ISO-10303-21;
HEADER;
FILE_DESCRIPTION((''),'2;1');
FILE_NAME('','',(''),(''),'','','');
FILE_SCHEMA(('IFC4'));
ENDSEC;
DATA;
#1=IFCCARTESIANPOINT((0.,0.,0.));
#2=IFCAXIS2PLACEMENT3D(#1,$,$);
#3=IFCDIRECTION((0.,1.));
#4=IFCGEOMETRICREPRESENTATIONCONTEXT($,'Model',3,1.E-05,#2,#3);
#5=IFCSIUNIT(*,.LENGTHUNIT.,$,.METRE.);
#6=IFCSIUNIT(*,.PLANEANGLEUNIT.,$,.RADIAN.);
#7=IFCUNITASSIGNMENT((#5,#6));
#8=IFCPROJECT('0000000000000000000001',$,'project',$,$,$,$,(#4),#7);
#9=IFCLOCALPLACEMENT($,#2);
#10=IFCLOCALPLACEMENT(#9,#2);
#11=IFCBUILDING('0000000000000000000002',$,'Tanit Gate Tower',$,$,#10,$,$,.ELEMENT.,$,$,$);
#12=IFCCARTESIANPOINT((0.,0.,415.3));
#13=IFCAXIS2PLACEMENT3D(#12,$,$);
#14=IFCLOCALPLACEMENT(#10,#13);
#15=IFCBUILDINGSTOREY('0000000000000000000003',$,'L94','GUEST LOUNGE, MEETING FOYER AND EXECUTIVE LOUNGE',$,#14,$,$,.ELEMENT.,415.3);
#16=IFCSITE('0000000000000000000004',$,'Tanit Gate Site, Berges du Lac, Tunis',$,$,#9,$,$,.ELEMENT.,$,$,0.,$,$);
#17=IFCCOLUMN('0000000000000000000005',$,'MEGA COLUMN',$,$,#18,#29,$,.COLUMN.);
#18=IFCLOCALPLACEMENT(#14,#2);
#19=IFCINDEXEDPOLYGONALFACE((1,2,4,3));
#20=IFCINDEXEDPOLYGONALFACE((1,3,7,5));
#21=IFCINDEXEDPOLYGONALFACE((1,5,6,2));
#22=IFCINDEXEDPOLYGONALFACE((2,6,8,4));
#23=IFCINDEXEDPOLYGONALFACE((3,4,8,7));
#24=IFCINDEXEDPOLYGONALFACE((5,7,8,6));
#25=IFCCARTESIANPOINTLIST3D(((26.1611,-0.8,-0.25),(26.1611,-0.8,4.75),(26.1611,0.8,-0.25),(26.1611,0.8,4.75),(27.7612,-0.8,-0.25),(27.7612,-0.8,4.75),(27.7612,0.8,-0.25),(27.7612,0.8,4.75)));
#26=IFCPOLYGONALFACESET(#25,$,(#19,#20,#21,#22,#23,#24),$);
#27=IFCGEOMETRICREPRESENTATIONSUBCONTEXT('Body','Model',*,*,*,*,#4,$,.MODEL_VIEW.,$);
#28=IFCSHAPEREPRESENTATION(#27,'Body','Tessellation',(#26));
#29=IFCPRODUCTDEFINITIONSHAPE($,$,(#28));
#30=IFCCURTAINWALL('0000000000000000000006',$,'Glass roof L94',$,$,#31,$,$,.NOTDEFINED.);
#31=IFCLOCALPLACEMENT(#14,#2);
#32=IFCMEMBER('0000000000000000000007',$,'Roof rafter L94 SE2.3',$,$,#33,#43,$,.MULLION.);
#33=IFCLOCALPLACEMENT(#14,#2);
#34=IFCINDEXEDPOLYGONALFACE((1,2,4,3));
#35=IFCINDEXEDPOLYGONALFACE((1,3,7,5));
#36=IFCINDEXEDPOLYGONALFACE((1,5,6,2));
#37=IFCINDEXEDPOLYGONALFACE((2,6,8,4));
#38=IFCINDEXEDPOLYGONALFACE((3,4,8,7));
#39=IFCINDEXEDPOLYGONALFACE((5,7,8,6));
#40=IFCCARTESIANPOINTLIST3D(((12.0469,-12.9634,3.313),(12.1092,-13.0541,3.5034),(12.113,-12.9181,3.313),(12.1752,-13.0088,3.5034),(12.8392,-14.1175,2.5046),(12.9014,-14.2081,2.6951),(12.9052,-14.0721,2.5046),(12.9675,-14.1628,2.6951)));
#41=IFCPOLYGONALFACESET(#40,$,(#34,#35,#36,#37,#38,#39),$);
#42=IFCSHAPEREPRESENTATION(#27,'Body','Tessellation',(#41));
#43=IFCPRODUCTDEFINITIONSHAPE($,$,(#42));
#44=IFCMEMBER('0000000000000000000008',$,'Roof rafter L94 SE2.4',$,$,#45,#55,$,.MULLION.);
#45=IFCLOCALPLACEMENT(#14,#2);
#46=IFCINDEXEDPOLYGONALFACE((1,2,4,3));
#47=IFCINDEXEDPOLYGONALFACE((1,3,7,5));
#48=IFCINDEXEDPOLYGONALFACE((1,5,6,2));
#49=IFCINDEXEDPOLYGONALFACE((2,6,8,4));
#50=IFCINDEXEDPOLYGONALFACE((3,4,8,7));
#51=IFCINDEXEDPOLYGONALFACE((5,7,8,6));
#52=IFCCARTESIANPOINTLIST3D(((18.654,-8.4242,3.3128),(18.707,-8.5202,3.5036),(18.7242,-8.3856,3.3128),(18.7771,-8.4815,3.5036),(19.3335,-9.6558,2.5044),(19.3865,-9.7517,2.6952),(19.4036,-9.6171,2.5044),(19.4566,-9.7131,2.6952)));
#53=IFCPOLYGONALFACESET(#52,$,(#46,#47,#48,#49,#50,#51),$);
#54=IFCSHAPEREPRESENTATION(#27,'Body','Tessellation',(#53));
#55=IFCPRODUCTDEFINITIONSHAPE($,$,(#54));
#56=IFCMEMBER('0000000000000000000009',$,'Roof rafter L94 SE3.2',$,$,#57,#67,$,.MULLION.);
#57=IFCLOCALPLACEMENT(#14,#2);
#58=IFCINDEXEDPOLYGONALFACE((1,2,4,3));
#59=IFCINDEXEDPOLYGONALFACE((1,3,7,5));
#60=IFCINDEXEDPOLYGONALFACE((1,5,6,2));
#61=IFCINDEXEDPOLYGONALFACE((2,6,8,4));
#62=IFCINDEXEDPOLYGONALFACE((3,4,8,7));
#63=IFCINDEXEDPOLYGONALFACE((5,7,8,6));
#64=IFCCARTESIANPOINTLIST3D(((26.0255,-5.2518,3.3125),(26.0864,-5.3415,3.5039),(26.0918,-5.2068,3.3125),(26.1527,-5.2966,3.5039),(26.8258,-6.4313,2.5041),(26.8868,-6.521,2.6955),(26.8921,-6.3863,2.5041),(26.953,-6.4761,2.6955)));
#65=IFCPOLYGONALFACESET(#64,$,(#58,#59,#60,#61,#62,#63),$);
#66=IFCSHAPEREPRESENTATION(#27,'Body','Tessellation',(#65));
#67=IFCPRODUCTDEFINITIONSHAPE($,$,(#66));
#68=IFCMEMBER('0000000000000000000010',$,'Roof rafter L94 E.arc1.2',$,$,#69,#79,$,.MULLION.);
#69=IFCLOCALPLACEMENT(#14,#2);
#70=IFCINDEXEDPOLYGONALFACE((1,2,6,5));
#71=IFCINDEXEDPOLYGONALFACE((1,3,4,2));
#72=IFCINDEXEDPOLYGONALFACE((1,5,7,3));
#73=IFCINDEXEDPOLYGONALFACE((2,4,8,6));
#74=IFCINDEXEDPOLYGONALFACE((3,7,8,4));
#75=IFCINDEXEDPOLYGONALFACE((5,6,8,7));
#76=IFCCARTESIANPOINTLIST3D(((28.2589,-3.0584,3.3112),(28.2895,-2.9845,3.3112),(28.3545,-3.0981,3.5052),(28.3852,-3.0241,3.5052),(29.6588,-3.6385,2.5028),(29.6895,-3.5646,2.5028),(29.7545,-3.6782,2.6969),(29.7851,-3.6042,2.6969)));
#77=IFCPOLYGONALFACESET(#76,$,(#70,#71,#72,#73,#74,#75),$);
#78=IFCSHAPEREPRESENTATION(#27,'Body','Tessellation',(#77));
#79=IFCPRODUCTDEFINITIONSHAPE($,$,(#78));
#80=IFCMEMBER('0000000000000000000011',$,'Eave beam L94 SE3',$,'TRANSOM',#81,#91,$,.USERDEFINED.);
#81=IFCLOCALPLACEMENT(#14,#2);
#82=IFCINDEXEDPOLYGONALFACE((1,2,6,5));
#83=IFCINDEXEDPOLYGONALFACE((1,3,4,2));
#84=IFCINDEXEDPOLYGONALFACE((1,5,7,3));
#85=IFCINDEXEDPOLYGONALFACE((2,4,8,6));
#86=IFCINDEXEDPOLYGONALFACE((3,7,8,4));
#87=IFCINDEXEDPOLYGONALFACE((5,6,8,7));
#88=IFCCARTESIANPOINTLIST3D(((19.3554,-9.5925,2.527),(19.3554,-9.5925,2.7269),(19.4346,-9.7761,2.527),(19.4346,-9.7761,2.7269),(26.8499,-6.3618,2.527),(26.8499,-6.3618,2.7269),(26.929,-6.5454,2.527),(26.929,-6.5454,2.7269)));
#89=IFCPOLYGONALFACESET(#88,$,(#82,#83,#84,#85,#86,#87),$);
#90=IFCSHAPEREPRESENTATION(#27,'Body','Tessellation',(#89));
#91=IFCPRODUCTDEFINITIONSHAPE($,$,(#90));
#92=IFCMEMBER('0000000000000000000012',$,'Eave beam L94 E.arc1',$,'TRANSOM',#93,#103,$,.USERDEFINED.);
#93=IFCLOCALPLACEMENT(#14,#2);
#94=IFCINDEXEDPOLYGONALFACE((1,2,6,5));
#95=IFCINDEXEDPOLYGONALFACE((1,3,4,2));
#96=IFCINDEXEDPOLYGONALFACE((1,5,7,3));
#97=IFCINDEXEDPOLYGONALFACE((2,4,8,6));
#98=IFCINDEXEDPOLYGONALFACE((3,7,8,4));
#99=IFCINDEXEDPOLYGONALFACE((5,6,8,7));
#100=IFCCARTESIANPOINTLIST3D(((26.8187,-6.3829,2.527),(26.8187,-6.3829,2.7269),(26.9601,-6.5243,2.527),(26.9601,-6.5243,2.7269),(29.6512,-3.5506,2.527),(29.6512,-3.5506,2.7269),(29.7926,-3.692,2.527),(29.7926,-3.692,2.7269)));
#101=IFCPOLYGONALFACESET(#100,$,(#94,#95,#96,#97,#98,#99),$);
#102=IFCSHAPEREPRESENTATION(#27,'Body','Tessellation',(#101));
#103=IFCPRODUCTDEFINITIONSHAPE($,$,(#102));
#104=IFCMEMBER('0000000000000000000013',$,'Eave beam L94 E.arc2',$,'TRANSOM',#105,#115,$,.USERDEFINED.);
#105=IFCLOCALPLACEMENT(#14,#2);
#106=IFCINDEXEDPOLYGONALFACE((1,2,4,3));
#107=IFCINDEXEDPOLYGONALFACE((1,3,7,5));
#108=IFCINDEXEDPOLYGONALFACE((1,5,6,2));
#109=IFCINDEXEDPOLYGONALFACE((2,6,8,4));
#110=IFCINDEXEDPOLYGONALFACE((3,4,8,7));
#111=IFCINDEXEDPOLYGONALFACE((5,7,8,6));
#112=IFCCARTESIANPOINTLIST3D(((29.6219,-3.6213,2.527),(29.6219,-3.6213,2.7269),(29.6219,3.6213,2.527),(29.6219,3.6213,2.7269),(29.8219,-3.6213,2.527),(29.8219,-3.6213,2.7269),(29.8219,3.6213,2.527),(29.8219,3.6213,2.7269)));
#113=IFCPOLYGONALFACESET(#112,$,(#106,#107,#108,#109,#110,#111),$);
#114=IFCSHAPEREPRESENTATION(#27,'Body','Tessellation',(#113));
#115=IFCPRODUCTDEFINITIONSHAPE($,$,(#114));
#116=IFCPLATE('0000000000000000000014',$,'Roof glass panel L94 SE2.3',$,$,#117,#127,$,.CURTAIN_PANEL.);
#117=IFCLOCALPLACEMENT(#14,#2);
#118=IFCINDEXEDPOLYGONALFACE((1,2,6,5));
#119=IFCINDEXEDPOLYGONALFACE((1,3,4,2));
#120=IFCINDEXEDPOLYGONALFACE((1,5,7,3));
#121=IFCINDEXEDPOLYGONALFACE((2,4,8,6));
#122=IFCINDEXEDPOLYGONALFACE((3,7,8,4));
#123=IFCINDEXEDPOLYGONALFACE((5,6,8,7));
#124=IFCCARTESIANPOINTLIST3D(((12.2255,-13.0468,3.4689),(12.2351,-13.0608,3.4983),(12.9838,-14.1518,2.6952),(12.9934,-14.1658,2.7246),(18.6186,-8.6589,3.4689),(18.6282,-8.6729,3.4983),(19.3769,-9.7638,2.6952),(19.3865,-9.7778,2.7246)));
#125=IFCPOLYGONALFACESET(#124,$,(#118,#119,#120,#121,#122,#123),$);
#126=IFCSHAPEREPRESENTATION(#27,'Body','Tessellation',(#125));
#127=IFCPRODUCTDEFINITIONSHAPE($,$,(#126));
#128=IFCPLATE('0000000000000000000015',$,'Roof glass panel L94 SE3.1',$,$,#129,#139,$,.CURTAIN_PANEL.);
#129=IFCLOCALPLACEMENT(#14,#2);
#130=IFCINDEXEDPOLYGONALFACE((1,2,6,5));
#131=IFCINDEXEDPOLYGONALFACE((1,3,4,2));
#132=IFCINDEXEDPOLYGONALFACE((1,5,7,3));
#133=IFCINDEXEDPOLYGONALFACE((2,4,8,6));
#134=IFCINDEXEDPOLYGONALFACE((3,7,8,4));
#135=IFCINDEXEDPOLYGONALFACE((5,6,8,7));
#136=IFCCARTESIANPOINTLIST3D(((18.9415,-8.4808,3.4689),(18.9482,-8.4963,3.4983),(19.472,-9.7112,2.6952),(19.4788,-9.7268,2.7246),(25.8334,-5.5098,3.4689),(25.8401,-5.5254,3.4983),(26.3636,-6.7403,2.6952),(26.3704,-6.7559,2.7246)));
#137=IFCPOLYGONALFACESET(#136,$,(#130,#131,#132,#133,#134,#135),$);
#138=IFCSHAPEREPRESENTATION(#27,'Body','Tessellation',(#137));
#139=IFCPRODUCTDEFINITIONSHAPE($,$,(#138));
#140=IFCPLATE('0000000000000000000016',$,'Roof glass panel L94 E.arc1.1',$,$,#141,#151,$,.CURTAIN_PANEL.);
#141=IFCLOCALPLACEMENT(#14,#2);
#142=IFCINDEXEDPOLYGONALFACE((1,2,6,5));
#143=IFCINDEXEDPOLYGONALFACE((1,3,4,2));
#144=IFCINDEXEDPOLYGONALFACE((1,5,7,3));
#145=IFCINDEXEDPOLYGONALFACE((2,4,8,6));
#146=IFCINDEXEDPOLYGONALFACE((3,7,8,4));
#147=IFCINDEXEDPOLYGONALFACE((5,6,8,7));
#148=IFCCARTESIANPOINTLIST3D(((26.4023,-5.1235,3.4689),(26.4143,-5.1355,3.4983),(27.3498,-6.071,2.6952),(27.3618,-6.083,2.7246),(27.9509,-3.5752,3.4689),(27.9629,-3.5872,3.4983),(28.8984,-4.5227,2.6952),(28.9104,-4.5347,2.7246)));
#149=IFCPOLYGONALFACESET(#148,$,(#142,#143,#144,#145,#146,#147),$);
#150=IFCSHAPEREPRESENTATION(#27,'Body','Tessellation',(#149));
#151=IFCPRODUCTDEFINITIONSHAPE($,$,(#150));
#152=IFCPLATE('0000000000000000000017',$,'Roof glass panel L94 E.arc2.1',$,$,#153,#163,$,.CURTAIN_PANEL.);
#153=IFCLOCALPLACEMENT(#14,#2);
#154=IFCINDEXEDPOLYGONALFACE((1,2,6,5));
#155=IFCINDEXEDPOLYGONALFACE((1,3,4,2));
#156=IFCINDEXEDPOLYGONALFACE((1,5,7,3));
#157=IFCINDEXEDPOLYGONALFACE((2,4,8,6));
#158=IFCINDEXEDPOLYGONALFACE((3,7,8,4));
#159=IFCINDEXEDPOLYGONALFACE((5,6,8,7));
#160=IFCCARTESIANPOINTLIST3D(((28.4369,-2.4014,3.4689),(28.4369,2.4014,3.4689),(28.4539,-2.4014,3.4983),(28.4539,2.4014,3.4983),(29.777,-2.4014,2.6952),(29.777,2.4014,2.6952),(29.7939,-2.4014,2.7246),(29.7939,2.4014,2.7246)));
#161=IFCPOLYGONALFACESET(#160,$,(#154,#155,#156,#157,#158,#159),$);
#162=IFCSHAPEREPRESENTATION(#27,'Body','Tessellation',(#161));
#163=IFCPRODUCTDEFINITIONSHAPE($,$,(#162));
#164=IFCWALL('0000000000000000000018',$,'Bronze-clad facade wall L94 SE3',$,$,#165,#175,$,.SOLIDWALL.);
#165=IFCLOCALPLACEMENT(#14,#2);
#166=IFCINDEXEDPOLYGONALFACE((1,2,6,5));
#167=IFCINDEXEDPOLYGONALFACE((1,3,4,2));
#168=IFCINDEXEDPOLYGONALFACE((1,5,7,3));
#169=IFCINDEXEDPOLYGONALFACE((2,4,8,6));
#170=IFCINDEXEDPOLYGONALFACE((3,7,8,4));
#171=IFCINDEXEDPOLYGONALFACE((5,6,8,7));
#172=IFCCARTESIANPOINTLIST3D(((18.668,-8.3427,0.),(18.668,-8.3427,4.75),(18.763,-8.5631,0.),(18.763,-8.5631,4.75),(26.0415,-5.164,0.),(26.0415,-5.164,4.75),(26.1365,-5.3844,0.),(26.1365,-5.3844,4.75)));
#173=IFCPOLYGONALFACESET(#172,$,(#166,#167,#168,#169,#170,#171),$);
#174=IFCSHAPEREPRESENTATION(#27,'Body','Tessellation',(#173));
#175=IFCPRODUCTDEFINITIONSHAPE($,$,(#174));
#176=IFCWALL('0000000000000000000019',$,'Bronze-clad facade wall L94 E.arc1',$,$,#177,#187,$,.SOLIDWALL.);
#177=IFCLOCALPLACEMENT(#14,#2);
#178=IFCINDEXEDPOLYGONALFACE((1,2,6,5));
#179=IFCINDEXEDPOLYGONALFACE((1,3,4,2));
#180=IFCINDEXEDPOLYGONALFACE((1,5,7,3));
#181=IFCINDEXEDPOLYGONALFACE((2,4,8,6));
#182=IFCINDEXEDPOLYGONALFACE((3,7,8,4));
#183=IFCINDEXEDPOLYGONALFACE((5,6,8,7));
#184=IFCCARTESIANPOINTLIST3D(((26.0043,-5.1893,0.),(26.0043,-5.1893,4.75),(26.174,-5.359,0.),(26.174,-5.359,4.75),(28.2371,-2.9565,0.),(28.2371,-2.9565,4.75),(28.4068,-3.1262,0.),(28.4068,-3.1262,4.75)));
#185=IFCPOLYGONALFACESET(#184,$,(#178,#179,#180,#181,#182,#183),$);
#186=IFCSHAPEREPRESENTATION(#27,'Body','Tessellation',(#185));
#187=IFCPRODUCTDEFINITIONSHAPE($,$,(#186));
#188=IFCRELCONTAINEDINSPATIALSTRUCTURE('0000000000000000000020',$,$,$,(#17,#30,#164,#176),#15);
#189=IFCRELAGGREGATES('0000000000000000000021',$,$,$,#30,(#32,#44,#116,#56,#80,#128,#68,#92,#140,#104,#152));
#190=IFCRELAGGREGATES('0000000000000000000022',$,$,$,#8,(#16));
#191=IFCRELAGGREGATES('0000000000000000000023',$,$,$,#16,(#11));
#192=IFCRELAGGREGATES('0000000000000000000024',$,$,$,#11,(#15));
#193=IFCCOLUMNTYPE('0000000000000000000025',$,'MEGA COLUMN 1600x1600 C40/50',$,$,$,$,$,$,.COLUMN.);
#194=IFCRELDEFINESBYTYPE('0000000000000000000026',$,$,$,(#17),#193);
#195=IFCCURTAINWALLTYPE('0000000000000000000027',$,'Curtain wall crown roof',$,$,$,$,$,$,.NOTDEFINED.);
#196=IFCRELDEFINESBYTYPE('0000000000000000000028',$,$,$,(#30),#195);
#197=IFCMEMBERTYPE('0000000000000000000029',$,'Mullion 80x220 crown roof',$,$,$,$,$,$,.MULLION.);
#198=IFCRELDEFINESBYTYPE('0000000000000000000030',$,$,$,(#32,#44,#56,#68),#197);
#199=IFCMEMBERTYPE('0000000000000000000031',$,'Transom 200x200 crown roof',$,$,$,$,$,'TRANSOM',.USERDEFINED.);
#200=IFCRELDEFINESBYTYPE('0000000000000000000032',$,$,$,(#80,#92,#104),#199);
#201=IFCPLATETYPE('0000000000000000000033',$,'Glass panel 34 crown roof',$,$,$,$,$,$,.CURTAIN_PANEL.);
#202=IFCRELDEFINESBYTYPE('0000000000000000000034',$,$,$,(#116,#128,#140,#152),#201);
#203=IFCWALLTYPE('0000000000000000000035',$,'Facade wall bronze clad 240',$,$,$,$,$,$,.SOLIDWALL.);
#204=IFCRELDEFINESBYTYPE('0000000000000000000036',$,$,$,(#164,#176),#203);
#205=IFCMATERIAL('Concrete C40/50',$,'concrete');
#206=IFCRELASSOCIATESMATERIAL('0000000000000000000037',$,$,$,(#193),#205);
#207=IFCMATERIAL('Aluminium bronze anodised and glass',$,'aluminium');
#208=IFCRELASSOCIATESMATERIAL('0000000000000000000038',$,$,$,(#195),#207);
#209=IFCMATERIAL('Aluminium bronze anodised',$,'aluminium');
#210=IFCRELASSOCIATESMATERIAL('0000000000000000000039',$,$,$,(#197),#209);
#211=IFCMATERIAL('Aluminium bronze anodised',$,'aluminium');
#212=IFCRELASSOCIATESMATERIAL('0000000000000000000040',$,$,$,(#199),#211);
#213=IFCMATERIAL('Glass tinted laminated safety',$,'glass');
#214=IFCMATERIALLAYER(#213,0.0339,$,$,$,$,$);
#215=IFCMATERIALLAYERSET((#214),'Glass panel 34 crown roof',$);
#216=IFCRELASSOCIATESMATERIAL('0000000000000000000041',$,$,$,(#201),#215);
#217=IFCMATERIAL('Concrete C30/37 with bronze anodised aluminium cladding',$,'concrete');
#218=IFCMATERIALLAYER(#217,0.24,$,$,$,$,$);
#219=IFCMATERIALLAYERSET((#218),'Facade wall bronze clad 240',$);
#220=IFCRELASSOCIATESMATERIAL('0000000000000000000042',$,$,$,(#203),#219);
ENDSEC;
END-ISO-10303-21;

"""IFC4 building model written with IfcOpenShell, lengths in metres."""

from ifc_helpers import new_model, si_unit, direction, frame, frame_2d, origin, origin_2d, place, context, subcontext, project, spatial, polyline, rectangle, outline, extrude, material, layer, layer_set, material_profile, profile_set, type_object, element, aggregate, save


model = new_model("IFC4")

# Units and contexts
model_context = context("Model", 3, precision=1e-05, world=origin(), true_north=direction((0.0, 1.0)))
body_context = subcontext(model_context, "Body", "Model", "MODEL_VIEW")
ifc_project = project(units=[si_unit("LENGTHUNIT", "METRE"), si_unit("PLANEANGLEUNIT", "RADIAN")], contexts=[model_context])

# Site, building, storey
site_placement = place(None, origin())
site = spatial("IfcSite", under=ifc_project, at=site_placement, Name="Tanit Gate Site, Berges du Lac, Tunis", CompositionType="ELEMENT", RefElevation=0.0)
building_placement = place(site_placement, origin())
building = spatial("IfcBuilding", under=site, at=building_placement, Name="Tanit Gate Tower", CompositionType="ELEMENT")
storey_placement = place(building_placement, frame((0.0, 0.0, 415.3)))
storey = spatial("IfcBuildingStorey", under=building, at=storey_placement, Name="L94", Description="GUEST LOUNGE, MEETING FOYER AND EXECUTIVE LOUNGE", CompositionType="ELEMENT", Elevation=415.3)

# Column
ifc_material_1 = material(Name="Concrete C40/50", Category="concrete")
ifc_material_profile_1 = material_profile(ifc_material_1, rectangle(XDim=1.6001, YDim=1.6001, at=origin_2d()), Name="RC 1600x1600")
ifc_profile_set_1 = profile_set([ifc_material_profile_1], Name="Concrete C40/50")
column_type = type_object("IfcColumnType", Name="MEGA COLUMN 1600x1600 C40/50", PredefinedType="COLUMN", material=ifc_profile_set_1)
column_placement = place(storey_placement, frame((26.9612, 0.0, -0.25), z_axis=(0.0, 0.0, 1.0), x_axis=(1.0, 0.0, 0.0)))
element("IfcColumn", 1, at=column_placement, inside=storey, type_object=column_type, Name="MEGA COLUMN", PredefinedType="COLUMN", context=body_context, shape_type="SweptSolid", body=[
    extrude(rectangle(XDim=1.6001, YDim=1.6001, at=origin_2d()), origin(), (0.0, 0.0, 1.0), 5.0),
])

# Curtain wall, members, plates
ifc_material_2 = material(Name="Aluminium bronze anodised and glass", Category="aluminium")
curtain_wall_type = type_object("IfcCurtainWallType", Name="Curtain wall crown roof", PredefinedType="NOTDEFINED", material=ifc_material_2)
curtain_wall_placement = place(storey_placement, origin())
curtain_wall = element("IfcCurtainWall", 2, at=curtain_wall_placement, inside=storey, type_object=curtain_wall_type, Name="Glass roof L94", PredefinedType="NOTDEFINED")
ifc_material_3 = material(Name="Aluminium bronze anodised", Category="aluminium")
ifc_material_profile_2 = material_profile(ifc_material_3, rectangle(XDim=0.0801, YDim=0.22, at=origin_2d()), Name="80x220 bronze rafter")
ifc_profile_set_2 = profile_set([ifc_material_profile_2], Name="Aluminium bronze anodised")
member_type_1 = type_object("IfcMemberType", Name="Mullion 80x220 crown roof", PredefinedType="MULLION", material=ifc_profile_set_2)
member_1_placement = place(storey_placement, frame((12.1111, -12.9861, 3.4082), z_axis=(0.490109, -0.713943, -0.500078), x_axis=(0.824434, 0.565959, 0.0)))
member_1 = element("IfcMember", 3, at=member_1_placement, type_object=member_type_1, Name="Roof rafter L94 SE2.3", PredefinedType="MULLION", context=body_context, shape_type="SweptSolid", body=[
    extrude(rectangle(XDim=0.0801, YDim=0.22, at=origin_2d()), origin(), (0.0, 0.0, 1.0), 1.6165),
])
member_2_placement = place(storey_placement, frame((18.7156, -8.4529, 3.4082), z_axis=(0.418841, -0.759121, -0.498305), x_axis=(0.87557, 0.483091, 0.0)))
member_2 = element("IfcMember", 4, at=member_2_placement, type_object=member_type_1, Name="Roof rafter L94 SE2.4", PredefinedType="MULLION", context=body_context, shape_type="SweptSolid", body=[
    extrude(rectangle(XDim=0.0801, YDim=0.22, at=origin_2d()), origin(), (0.0, 0.0, 1.0), 1.6223),
])
member_3_placement = place(storey_placement, frame((26.0891, -5.2742, 3.4082), z_axis=(0.488403, -0.719791, -0.49332), x_axis=(0.82749, 0.56148, 0.0)))
member_3 = element("IfcMember", 5, at=member_3_placement, type_object=member_type_1, Name="Roof rafter L94 SE3.2", PredefinedType="MULLION", context=body_context, shape_type="SweptSolid", body=[
    extrude(rectangle(XDim=0.0801, YDim=0.22, at=origin_2d()), origin(), (0.0, 0.0, 1.0), 1.6387),
])
member_4_placement = place(storey_placement, frame((28.322, -3.0413, 3.4082), z_axis=(0.815104, -0.337755, -0.470668), x_axis=(0.382807, 0.923828, 0.0)))
member_4 = element("IfcMember", 6, at=member_4_placement, type_object=member_type_1, Name="Roof rafter L94 E.arc1.2", PredefinedType="MULLION", context=body_context, shape_type="SweptSolid", body=[
    extrude(rectangle(XDim=0.0801, YDim=0.22, at=origin_2d()), origin(), (0.0, 0.0, 1.0), 1.7175),
])
ifc_material_4 = material(Name="Aluminium bronze anodised", Category="aluminium")
ifc_material_profile_3 = material_profile(ifc_material_4, rectangle(XDim=0.2, YDim=0.2, at=origin_2d()), Name="200x200 bronze transom")
ifc_profile_set_3 = profile_set([ifc_material_profile_3], Name="Aluminium bronze anodised")
member_type_2 = type_object("IfcMemberType", Name="Transom 200x200 crown roof", ElementType="TRANSOM", PredefinedType="USERDEFINED", material=ifc_profile_set_3)
member_5_placement = place(storey_placement, frame((19.395, -9.6843, 2.627), z_axis=(0.918307, 0.395868, 0.0), x_axis=(-0.395868, 0.918307, 0.0)))
member_5 = element("IfcMember", 7, at=member_5_placement, type_object=member_type_2, Name="Eave beam L94 SE3", ObjectType="TRANSOM", PredefinedType="USERDEFINED", context=body_context, shape_type="SweptSolid", body=[
    extrude(rectangle(XDim=0.2, YDim=0.2, at=origin_2d()), origin(), (0.0, 0.0, 1.0), 8.1611),
])
member_6_placement = place(storey_placement, frame((26.8894, -6.4536, 2.627), z_axis=(0.707137, 0.707076, 0.0), x_axis=(-0.707076, 0.707137, 0.0)))
member_6 = element("IfcMember", 8, at=member_6_placement, type_object=member_type_2, Name="Eave beam L94 E.arc1", ObjectType="TRANSOM", PredefinedType="USERDEFINED", context=body_context, shape_type="SweptSolid", body=[
    extrude(rectangle(XDim=0.2, YDim=0.2, at=origin_2d()), origin(), (0.0, 0.0, 1.0), 4.0056),
])
member_7_placement = place(storey_placement, frame((29.7219, -3.6213, 2.627), z_axis=(0.0, 1.0, 0.0), x_axis=(-1.0, 0.0, 0.0)))
member_7 = element("IfcMember", 9, at=member_7_placement, type_object=member_type_2, Name="Eave beam L94 E.arc2", ObjectType="TRANSOM", PredefinedType="USERDEFINED", context=body_context, shape_type="SweptSolid", body=[
    extrude(rectangle(XDim=0.2, YDim=0.2, at=origin_2d()), origin(), (0.0, 0.0, 1.0), 7.2427),
])
ifc_material_5 = material(Name="Glass tinted laminated safety", Category="glass")
ifc_layer_1 = layer(ifc_material_5, 0.0339)
ifc_layer_set_1 = layer_set([ifc_layer_1], Name="Glass panel 34 crown roof")
plate_type = type_object("IfcPlateType", Name="Glass panel 34 crown roof", PredefinedType="CURTAIN_PANEL", material=ifc_layer_set_1)
plate_1_placement = place(storey_placement, frame((12.2351, -13.0608, 3.4983), z_axis=(0.28293, -0.412219, 0.866041), x_axis=(0.824481, 0.56589, 0.0)))
plate_1 = element("IfcPlate", 10, at=plate_1_placement, type_object=plate_type, Name="Roof glass panel L94 SE2.3", PredefinedType="CURTAIN_PANEL", context=body_context, shape_type="SweptSolid", body=[
    extrude(outline(polyline([(0.0, 0.0), (7.7541, 0.0), (7.754, -1.5474), (-0.0001, -1.5474), (0.0, 0.0)])), origin(), (0.0, 0.0, -1.0), 0.0339),
])
plate_2_placement = place(storey_placement, frame((18.9482, -8.4963, 3.4983), z_axis=(0.197951, -0.459189, 0.866003), x_axis=(0.918308, 0.395867, -0.000003)))
plate_2 = element("IfcPlate", 11, at=plate_2_placement, type_object=plate_type, Name="Roof glass panel L94 SE3.1", PredefinedType="CURTAIN_PANEL", context=body_context, shape_type="SweptSolid", body=[
    extrude(outline(polyline([(0.0, 0.0), (7.5049, 0.0), (7.5048, -1.5472), (0.0001, -1.5473), (0.0, 0.0)])), origin(), (0.0, 0.0, -1.0), 0.0339),
])
plate_3_placement = place(storey_placement, frame((26.4143, -5.1355, 3.4983), z_axis=(0.35354, -0.353596, 0.866013), x_axis=(0.707163, 0.707051, 0.0)))
plate_3 = element("IfcPlate", 12, at=plate_3_placement, type_object=plate_type, Name="Roof glass panel L94 E.arc1.1", PredefinedType="CURTAIN_PANEL", context=body_context, shape_type="SweptSolid", body=[
    extrude(outline(polyline([(0.0, 0.0), (2.1899, 0.0), (2.19, -1.5473), (0.0001, -1.5473), (0.0, 0.0)])), origin(), (0.0, 0.0, -1.0), 0.0339),
])
plate_4_placement = place(storey_placement, frame((28.4539, -2.4014, 3.4983), z_axis=(0.499991, 0.0, 0.866031), x_axis=(0.0, 1.0, 0.0)))
plate_4 = element("IfcPlate", 13, at=plate_4_placement, type_object=plate_type, Name="Roof glass panel L94 E.arc2.1", PredefinedType="CURTAIN_PANEL", context=body_context, shape_type="SweptSolid", body=[
    extrude(outline(polyline([(0.0, 0.0), (4.8027, 0.0), (4.8027, -1.5474), (0.0, -1.5474), (0.0, 0.0)])), origin(), (0.0, 0.0, -1.0), 0.0339),
])
aggregate(curtain_wall, [member_1, member_2, plate_1, member_3, member_5, plate_2, member_4, member_6, plate_3, member_7, plate_4])

# Walls
ifc_material_6 = material(Name="Concrete C30/37 with bronze anodised aluminium cladding", Category="concrete")
ifc_layer_2 = layer(ifc_material_6, 0.24)
ifc_layer_set_2 = layer_set([ifc_layer_2], Name="Facade wall bronze clad 240")
wall_type_1 = type_object("IfcWallType", Name="Facade wall bronze clad 240", PredefinedType="SOLIDWALL", material=ifc_layer_set_2)
wall_1_placement = place(storey_placement, frame((18.7156, -8.4529, 0.0), z_axis=(0.0, 0.0, 1.0), x_axis=(0.918303, 0.395878, 0.0)))
element("IfcWall", 14, at=wall_1_placement, inside=storey, type_object=wall_type_1, Name="Bronze-clad facade wall L94 SE3", PredefinedType="SOLIDWALL", context=body_context, shape_type="SweptSolid", body=[
    extrude(rectangle(XDim=8.0295, YDim=0.24, at=frame_2d((4.0146, 0.0))), origin(), (0.0, 0.0, 1.0), 4.75),
])
wall_2_placement = place(storey_placement, frame((26.0891, -5.2742, 0.0), z_axis=(0.0, 0.0, 1.0), x_axis=(0.707107, 0.707107, 0.0)))
element("IfcWall", 15, at=wall_2_placement, inside=storey, type_object=wall_type_1, Name="Bronze-clad facade wall L94 E.arc1", PredefinedType="SOLIDWALL", context=body_context, shape_type="SweptSolid", body=[
    extrude(rectangle(XDim=3.1577, YDim=0.24, at=frame_2d((1.5789, 0.0))), origin(), (0.0, 0.0, 1.0), 4.75),
])

save(model, "model.ifc")
